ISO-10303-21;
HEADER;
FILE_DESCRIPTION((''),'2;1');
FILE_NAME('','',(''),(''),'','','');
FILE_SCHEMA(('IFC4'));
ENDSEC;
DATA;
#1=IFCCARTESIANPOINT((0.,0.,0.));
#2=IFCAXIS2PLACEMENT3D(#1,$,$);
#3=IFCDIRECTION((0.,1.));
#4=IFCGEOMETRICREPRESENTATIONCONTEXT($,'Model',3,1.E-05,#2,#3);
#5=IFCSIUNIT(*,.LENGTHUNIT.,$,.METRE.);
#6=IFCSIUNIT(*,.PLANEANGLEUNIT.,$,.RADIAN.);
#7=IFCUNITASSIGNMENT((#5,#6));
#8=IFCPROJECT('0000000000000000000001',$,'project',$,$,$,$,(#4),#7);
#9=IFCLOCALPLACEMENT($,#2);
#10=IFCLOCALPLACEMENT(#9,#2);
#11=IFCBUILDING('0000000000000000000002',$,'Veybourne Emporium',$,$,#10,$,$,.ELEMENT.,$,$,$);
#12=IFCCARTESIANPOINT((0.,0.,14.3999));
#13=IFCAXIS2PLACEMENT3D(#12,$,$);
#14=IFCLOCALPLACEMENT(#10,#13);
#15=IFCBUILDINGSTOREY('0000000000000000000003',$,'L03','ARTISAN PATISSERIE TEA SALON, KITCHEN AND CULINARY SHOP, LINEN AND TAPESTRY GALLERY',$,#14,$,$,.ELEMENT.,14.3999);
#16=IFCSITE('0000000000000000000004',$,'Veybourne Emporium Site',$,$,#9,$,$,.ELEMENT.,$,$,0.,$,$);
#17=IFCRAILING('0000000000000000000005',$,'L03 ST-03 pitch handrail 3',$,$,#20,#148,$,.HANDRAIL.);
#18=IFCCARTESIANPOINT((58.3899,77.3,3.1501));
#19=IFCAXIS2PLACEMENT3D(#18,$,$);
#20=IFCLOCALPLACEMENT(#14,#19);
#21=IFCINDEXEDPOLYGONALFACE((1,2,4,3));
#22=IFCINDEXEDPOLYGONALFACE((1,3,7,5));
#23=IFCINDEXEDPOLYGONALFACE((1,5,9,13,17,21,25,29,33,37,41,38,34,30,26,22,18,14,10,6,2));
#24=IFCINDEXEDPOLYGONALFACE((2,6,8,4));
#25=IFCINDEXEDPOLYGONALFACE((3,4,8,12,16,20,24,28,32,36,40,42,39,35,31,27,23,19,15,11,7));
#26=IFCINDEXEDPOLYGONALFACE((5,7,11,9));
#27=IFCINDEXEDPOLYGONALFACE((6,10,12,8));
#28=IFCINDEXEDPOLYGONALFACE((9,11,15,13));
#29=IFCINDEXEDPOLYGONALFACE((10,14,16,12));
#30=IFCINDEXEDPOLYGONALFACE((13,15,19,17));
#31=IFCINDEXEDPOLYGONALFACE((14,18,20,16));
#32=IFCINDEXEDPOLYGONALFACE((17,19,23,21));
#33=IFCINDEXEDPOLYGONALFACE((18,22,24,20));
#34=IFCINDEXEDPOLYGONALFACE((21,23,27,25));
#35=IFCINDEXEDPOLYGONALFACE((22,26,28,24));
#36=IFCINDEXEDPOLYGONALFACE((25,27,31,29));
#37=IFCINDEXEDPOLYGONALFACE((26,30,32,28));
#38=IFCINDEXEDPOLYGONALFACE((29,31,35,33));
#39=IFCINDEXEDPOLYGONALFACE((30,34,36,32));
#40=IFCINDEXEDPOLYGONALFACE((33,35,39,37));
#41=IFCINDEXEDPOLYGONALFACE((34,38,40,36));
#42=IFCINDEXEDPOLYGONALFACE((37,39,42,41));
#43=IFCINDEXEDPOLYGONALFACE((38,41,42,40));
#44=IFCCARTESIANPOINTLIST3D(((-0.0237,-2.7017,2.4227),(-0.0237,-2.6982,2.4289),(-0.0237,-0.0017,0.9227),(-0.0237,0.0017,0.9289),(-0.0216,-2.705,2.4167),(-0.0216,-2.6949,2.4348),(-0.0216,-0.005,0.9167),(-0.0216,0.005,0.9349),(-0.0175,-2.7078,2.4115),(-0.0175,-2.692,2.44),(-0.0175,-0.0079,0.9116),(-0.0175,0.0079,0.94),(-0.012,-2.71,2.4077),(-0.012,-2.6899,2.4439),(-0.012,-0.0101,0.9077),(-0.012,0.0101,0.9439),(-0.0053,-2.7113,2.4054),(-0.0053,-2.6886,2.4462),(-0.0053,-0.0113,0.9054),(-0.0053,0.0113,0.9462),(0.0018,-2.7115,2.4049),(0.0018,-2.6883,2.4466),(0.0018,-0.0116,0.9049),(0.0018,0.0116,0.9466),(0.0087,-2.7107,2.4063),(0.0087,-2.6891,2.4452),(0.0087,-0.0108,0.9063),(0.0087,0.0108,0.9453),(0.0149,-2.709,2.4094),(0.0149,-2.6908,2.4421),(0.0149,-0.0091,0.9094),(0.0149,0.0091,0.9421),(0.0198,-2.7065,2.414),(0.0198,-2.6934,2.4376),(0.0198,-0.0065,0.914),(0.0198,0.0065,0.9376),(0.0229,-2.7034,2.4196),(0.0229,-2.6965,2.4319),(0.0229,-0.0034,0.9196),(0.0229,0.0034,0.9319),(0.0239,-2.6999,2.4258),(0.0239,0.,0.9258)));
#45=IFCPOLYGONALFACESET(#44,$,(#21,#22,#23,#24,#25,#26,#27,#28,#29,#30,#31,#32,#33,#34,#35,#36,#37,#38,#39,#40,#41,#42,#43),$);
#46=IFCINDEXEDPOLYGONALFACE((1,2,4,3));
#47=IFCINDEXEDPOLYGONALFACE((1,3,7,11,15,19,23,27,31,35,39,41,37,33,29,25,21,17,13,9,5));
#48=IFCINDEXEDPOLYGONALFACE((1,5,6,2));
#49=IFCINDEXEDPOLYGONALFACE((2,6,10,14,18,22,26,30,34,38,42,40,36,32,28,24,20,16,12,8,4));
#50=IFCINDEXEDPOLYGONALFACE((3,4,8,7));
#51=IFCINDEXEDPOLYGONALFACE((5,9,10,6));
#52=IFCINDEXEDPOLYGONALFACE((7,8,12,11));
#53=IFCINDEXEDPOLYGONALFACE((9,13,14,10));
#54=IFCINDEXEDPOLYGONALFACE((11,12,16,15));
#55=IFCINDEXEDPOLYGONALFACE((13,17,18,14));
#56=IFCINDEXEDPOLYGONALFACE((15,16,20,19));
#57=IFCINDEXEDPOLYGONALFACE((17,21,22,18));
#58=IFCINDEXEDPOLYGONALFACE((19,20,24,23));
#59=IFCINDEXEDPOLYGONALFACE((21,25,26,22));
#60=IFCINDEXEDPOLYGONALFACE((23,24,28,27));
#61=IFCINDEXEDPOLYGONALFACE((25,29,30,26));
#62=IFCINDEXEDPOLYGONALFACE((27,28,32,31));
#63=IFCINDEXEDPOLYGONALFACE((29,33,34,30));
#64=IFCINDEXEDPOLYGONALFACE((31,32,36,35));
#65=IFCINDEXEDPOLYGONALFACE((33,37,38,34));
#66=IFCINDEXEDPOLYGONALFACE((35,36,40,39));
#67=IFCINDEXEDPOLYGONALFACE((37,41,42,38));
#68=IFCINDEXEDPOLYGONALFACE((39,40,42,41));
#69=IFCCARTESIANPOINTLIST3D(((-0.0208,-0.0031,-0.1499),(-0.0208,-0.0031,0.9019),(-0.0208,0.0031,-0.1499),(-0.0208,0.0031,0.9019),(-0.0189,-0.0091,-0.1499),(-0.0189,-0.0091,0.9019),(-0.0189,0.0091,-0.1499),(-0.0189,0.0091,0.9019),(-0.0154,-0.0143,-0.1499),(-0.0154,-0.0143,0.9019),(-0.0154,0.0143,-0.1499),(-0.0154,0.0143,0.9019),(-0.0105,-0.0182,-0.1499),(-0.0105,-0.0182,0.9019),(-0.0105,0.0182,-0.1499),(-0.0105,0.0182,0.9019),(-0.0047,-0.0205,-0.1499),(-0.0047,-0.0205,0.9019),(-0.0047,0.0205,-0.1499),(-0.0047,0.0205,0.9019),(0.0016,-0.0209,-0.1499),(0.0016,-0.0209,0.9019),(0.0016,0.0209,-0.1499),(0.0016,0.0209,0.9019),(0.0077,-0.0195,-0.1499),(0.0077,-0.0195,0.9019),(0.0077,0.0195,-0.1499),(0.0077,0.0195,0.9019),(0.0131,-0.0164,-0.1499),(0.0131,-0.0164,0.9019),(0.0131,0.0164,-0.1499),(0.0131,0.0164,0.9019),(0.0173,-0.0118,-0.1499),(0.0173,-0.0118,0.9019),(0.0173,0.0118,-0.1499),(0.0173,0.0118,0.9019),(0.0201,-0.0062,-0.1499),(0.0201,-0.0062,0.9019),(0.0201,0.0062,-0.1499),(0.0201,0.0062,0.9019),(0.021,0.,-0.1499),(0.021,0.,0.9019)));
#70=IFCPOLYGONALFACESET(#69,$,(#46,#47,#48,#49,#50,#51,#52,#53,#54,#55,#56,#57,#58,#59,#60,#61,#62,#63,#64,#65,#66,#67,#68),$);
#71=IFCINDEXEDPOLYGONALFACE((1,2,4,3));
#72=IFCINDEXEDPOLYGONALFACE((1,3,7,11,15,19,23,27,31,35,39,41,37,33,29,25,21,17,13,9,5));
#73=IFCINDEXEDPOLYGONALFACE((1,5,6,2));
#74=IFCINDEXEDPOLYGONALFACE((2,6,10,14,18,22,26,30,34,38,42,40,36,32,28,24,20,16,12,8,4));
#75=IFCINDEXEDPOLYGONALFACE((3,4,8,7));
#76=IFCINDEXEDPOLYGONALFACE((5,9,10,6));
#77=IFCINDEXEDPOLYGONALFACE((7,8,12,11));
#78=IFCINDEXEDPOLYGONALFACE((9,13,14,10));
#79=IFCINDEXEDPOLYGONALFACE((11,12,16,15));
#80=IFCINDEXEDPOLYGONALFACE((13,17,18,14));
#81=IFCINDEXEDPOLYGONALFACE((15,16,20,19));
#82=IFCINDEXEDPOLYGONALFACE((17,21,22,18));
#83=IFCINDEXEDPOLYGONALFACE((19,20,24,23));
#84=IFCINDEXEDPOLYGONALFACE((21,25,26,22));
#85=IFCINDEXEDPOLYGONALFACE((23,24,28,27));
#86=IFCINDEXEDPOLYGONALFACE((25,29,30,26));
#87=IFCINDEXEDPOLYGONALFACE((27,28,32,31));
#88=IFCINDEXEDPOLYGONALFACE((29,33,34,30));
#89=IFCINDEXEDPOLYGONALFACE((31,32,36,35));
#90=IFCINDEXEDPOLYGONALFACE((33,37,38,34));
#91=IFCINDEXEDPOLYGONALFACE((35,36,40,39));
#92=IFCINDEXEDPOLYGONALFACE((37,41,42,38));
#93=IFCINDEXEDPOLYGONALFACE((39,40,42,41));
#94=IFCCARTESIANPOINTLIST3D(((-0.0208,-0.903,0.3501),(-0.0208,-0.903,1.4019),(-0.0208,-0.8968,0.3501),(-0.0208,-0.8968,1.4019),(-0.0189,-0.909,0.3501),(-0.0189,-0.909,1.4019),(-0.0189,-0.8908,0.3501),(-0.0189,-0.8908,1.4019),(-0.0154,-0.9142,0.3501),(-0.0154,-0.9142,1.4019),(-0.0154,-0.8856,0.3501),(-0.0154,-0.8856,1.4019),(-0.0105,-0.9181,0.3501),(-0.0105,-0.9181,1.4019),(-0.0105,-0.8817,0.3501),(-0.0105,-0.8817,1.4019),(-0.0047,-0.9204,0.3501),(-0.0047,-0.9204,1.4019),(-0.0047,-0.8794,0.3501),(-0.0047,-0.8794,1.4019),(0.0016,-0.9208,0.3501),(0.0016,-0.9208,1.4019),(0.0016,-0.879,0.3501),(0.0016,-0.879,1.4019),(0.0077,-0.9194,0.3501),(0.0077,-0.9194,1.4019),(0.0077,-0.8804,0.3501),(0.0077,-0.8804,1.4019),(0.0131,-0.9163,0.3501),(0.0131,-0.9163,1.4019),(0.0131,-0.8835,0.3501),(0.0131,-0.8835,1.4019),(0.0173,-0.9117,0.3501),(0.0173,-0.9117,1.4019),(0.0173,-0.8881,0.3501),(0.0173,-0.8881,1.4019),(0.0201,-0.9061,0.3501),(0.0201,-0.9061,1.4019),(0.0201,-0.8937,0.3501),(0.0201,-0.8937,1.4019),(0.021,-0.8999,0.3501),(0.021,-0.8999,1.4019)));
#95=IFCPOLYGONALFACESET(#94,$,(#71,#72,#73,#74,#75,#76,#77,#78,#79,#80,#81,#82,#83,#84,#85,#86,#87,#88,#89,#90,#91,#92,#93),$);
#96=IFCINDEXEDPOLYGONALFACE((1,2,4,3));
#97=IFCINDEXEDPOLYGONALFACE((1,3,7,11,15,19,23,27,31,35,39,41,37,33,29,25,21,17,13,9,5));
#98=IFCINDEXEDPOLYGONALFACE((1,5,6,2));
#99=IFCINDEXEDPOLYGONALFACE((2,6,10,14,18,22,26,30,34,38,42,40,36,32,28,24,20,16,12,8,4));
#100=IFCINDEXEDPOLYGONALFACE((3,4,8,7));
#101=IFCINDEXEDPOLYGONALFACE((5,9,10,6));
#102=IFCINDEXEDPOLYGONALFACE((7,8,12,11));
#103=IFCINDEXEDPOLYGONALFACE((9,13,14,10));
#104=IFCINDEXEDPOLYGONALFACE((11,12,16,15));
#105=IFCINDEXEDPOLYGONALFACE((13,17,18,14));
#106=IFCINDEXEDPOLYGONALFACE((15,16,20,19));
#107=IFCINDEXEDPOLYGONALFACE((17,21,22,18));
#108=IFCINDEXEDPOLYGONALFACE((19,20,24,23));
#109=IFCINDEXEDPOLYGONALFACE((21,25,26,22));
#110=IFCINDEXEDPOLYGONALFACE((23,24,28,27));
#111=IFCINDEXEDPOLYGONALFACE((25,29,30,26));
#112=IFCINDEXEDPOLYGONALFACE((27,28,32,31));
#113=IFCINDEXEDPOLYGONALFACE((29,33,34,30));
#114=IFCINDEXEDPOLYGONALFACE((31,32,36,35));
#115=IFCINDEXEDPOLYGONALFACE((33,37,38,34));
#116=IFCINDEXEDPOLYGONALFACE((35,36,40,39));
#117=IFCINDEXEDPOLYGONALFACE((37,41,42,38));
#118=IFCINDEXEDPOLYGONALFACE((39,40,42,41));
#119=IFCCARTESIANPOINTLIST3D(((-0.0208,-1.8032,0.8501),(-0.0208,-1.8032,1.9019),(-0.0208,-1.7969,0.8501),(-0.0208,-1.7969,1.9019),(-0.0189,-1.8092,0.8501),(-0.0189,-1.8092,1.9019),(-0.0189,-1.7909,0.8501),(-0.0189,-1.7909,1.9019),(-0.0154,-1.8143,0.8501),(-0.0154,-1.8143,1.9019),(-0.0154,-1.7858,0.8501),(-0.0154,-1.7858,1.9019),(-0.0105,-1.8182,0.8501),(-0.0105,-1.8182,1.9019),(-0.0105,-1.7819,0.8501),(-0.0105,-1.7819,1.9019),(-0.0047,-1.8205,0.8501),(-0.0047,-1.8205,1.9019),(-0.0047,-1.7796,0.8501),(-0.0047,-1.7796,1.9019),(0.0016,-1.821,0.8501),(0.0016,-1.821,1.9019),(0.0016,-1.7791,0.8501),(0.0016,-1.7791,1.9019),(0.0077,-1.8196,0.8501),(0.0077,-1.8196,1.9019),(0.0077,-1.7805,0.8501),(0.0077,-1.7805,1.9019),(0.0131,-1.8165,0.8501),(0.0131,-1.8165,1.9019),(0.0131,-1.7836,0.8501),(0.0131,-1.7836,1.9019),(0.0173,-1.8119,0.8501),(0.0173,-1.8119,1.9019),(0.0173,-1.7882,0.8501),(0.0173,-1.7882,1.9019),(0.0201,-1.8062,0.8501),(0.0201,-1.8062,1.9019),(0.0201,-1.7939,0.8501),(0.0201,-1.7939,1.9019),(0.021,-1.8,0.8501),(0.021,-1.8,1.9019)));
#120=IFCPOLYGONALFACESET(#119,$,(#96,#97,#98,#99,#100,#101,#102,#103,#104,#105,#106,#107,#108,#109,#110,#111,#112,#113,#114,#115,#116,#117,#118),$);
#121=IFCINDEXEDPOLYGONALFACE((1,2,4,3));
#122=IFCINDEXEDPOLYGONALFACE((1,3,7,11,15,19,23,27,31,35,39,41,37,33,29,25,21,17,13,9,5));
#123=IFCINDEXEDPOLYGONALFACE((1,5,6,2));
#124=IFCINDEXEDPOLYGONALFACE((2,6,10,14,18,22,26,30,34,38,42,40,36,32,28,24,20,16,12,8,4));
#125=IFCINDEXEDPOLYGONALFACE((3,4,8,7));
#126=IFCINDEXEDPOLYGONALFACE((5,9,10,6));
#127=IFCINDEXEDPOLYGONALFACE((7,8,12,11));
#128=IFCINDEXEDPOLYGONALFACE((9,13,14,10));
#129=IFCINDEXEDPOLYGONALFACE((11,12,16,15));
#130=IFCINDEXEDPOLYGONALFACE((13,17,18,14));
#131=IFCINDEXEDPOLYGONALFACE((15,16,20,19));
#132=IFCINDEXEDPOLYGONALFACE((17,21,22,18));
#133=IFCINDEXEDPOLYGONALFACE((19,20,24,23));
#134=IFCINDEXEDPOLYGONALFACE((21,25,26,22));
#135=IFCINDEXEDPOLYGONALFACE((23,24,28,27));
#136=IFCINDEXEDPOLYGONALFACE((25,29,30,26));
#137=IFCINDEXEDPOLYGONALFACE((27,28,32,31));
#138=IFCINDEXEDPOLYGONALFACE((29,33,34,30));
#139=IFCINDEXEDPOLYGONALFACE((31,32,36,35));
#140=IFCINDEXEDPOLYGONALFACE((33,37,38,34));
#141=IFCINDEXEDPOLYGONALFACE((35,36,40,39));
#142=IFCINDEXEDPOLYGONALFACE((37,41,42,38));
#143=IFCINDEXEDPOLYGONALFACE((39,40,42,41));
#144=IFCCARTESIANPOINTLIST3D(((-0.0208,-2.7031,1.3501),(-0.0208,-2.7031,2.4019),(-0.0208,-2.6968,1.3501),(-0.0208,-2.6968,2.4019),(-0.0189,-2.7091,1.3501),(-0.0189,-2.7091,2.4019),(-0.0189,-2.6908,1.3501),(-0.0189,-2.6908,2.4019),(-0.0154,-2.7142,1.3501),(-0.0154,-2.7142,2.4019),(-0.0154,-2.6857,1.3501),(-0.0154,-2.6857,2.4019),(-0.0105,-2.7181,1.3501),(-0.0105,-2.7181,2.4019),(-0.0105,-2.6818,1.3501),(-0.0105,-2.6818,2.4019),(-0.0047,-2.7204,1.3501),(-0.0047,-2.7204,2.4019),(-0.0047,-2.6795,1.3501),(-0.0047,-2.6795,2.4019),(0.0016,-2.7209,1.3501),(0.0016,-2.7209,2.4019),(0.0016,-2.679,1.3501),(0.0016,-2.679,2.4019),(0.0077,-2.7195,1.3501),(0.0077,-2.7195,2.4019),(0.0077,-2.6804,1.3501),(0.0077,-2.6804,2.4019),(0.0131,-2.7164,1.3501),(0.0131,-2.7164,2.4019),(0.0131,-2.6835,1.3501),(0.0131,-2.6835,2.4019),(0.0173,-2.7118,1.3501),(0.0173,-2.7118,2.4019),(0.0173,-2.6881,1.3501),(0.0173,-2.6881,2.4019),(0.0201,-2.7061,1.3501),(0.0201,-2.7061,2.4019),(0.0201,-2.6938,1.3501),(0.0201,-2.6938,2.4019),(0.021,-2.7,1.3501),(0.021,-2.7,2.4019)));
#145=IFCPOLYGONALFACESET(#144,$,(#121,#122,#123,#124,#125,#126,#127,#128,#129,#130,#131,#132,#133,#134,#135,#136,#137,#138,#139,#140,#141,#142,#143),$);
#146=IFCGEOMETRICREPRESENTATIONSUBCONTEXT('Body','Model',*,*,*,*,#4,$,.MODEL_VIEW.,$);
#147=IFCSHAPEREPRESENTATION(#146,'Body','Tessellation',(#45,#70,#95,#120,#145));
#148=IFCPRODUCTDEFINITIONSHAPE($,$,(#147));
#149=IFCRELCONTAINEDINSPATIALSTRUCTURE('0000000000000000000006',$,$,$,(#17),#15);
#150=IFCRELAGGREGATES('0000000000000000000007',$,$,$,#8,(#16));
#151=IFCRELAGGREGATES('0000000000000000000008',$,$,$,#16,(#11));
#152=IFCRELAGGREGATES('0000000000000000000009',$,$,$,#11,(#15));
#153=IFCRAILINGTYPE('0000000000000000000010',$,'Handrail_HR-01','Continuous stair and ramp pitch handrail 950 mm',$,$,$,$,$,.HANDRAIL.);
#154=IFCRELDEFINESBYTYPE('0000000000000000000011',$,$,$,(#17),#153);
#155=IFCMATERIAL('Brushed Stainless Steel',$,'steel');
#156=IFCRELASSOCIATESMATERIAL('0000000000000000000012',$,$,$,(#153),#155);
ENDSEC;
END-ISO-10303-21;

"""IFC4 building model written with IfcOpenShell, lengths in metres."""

from ifc_helpers import new_model, si_unit, direction, frame, origin, origin_2d, place, context, subcontext, project, spatial, circle, extrude, material, type_object, element, save


model = new_model("IFC4")

# Units and contexts
model_context = context("Model", 3, precision=1e-05, world=origin(), true_north=direction((0.0, 1.0)))
body_context = subcontext(model_context, "Body", "Model", "MODEL_VIEW")
ifc_project = project(units=[si_unit("LENGTHUNIT", "METRE"), si_unit("PLANEANGLEUNIT", "RADIAN")], contexts=[model_context])

# Site, building, storey
site_placement = place(None, origin())
site = spatial("IfcSite", under=ifc_project, at=site_placement, Name="Veybourne Emporium Site", CompositionType="ELEMENT", RefElevation=0.0)
building_placement = place(site_placement, origin())
building = spatial("IfcBuilding", under=site, at=building_placement, Name="Veybourne Emporium", CompositionType="ELEMENT")
storey_placement = place(building_placement, frame((0.0, 0.0, 14.3999)))
storey = spatial("IfcBuildingStorey", under=building, at=storey_placement, Name="L03", Description="ARTISAN PATISSERIE TEA SALON, KITCHEN AND CULINARY SHOP, LINEN AND TAPESTRY GALLERY", CompositionType="ELEMENT", Elevation=14.3999)

# Railing
ifc_material_1 = material(Name="Brushed Stainless Steel", Category="steel")
railing_type_1 = type_object("IfcRailingType", Name="Handrail_HR-01", Description="Continuous stair and ramp pitch handrail 950 mm", PredefinedType="HANDRAIL", material=ifc_material_1)
railing_1_placement = place(storey_placement, frame((58.3899, 77.3, 3.1501)))
element("IfcRailing", 1, at=railing_1_placement, inside=storey, type_object=railing_type_1, Name="L03 ST-03 pitch handrail 3", PredefinedType="HANDRAIL", context=body_context, shape_type="SweptSolid", body=[
    extrude(circle(Radius=0.0239, at=origin_2d()), frame((0.0, 0.0, 0.9258), z_axis=(0.0, -0.874154, 0.48565), x_axis=(1.0, 0.0, 0.0)), (0.0, 0.0, 1.0), 3.0886),
    extrude(circle(Radius=0.021, at=origin_2d()), frame((0.0, 0.0, -0.1499)), (0.0, 0.0, 1.0), 1.0518),
    extrude(circle(Radius=0.021, at=origin_2d()), frame((0.0, -0.8999, 0.3501)), (0.0, 0.0, 1.0), 1.0518),
    extrude(circle(Radius=0.021, at=origin_2d()), frame((0.0, -1.8, 0.8501)), (0.0, 0.0, 1.0), 1.0518),
    extrude(circle(Radius=0.021, at=origin_2d()), frame((0.0, -2.7, 1.3501)), (0.0, 0.0, 1.0), 1.0518),
])

save(model, "model.ifc")
